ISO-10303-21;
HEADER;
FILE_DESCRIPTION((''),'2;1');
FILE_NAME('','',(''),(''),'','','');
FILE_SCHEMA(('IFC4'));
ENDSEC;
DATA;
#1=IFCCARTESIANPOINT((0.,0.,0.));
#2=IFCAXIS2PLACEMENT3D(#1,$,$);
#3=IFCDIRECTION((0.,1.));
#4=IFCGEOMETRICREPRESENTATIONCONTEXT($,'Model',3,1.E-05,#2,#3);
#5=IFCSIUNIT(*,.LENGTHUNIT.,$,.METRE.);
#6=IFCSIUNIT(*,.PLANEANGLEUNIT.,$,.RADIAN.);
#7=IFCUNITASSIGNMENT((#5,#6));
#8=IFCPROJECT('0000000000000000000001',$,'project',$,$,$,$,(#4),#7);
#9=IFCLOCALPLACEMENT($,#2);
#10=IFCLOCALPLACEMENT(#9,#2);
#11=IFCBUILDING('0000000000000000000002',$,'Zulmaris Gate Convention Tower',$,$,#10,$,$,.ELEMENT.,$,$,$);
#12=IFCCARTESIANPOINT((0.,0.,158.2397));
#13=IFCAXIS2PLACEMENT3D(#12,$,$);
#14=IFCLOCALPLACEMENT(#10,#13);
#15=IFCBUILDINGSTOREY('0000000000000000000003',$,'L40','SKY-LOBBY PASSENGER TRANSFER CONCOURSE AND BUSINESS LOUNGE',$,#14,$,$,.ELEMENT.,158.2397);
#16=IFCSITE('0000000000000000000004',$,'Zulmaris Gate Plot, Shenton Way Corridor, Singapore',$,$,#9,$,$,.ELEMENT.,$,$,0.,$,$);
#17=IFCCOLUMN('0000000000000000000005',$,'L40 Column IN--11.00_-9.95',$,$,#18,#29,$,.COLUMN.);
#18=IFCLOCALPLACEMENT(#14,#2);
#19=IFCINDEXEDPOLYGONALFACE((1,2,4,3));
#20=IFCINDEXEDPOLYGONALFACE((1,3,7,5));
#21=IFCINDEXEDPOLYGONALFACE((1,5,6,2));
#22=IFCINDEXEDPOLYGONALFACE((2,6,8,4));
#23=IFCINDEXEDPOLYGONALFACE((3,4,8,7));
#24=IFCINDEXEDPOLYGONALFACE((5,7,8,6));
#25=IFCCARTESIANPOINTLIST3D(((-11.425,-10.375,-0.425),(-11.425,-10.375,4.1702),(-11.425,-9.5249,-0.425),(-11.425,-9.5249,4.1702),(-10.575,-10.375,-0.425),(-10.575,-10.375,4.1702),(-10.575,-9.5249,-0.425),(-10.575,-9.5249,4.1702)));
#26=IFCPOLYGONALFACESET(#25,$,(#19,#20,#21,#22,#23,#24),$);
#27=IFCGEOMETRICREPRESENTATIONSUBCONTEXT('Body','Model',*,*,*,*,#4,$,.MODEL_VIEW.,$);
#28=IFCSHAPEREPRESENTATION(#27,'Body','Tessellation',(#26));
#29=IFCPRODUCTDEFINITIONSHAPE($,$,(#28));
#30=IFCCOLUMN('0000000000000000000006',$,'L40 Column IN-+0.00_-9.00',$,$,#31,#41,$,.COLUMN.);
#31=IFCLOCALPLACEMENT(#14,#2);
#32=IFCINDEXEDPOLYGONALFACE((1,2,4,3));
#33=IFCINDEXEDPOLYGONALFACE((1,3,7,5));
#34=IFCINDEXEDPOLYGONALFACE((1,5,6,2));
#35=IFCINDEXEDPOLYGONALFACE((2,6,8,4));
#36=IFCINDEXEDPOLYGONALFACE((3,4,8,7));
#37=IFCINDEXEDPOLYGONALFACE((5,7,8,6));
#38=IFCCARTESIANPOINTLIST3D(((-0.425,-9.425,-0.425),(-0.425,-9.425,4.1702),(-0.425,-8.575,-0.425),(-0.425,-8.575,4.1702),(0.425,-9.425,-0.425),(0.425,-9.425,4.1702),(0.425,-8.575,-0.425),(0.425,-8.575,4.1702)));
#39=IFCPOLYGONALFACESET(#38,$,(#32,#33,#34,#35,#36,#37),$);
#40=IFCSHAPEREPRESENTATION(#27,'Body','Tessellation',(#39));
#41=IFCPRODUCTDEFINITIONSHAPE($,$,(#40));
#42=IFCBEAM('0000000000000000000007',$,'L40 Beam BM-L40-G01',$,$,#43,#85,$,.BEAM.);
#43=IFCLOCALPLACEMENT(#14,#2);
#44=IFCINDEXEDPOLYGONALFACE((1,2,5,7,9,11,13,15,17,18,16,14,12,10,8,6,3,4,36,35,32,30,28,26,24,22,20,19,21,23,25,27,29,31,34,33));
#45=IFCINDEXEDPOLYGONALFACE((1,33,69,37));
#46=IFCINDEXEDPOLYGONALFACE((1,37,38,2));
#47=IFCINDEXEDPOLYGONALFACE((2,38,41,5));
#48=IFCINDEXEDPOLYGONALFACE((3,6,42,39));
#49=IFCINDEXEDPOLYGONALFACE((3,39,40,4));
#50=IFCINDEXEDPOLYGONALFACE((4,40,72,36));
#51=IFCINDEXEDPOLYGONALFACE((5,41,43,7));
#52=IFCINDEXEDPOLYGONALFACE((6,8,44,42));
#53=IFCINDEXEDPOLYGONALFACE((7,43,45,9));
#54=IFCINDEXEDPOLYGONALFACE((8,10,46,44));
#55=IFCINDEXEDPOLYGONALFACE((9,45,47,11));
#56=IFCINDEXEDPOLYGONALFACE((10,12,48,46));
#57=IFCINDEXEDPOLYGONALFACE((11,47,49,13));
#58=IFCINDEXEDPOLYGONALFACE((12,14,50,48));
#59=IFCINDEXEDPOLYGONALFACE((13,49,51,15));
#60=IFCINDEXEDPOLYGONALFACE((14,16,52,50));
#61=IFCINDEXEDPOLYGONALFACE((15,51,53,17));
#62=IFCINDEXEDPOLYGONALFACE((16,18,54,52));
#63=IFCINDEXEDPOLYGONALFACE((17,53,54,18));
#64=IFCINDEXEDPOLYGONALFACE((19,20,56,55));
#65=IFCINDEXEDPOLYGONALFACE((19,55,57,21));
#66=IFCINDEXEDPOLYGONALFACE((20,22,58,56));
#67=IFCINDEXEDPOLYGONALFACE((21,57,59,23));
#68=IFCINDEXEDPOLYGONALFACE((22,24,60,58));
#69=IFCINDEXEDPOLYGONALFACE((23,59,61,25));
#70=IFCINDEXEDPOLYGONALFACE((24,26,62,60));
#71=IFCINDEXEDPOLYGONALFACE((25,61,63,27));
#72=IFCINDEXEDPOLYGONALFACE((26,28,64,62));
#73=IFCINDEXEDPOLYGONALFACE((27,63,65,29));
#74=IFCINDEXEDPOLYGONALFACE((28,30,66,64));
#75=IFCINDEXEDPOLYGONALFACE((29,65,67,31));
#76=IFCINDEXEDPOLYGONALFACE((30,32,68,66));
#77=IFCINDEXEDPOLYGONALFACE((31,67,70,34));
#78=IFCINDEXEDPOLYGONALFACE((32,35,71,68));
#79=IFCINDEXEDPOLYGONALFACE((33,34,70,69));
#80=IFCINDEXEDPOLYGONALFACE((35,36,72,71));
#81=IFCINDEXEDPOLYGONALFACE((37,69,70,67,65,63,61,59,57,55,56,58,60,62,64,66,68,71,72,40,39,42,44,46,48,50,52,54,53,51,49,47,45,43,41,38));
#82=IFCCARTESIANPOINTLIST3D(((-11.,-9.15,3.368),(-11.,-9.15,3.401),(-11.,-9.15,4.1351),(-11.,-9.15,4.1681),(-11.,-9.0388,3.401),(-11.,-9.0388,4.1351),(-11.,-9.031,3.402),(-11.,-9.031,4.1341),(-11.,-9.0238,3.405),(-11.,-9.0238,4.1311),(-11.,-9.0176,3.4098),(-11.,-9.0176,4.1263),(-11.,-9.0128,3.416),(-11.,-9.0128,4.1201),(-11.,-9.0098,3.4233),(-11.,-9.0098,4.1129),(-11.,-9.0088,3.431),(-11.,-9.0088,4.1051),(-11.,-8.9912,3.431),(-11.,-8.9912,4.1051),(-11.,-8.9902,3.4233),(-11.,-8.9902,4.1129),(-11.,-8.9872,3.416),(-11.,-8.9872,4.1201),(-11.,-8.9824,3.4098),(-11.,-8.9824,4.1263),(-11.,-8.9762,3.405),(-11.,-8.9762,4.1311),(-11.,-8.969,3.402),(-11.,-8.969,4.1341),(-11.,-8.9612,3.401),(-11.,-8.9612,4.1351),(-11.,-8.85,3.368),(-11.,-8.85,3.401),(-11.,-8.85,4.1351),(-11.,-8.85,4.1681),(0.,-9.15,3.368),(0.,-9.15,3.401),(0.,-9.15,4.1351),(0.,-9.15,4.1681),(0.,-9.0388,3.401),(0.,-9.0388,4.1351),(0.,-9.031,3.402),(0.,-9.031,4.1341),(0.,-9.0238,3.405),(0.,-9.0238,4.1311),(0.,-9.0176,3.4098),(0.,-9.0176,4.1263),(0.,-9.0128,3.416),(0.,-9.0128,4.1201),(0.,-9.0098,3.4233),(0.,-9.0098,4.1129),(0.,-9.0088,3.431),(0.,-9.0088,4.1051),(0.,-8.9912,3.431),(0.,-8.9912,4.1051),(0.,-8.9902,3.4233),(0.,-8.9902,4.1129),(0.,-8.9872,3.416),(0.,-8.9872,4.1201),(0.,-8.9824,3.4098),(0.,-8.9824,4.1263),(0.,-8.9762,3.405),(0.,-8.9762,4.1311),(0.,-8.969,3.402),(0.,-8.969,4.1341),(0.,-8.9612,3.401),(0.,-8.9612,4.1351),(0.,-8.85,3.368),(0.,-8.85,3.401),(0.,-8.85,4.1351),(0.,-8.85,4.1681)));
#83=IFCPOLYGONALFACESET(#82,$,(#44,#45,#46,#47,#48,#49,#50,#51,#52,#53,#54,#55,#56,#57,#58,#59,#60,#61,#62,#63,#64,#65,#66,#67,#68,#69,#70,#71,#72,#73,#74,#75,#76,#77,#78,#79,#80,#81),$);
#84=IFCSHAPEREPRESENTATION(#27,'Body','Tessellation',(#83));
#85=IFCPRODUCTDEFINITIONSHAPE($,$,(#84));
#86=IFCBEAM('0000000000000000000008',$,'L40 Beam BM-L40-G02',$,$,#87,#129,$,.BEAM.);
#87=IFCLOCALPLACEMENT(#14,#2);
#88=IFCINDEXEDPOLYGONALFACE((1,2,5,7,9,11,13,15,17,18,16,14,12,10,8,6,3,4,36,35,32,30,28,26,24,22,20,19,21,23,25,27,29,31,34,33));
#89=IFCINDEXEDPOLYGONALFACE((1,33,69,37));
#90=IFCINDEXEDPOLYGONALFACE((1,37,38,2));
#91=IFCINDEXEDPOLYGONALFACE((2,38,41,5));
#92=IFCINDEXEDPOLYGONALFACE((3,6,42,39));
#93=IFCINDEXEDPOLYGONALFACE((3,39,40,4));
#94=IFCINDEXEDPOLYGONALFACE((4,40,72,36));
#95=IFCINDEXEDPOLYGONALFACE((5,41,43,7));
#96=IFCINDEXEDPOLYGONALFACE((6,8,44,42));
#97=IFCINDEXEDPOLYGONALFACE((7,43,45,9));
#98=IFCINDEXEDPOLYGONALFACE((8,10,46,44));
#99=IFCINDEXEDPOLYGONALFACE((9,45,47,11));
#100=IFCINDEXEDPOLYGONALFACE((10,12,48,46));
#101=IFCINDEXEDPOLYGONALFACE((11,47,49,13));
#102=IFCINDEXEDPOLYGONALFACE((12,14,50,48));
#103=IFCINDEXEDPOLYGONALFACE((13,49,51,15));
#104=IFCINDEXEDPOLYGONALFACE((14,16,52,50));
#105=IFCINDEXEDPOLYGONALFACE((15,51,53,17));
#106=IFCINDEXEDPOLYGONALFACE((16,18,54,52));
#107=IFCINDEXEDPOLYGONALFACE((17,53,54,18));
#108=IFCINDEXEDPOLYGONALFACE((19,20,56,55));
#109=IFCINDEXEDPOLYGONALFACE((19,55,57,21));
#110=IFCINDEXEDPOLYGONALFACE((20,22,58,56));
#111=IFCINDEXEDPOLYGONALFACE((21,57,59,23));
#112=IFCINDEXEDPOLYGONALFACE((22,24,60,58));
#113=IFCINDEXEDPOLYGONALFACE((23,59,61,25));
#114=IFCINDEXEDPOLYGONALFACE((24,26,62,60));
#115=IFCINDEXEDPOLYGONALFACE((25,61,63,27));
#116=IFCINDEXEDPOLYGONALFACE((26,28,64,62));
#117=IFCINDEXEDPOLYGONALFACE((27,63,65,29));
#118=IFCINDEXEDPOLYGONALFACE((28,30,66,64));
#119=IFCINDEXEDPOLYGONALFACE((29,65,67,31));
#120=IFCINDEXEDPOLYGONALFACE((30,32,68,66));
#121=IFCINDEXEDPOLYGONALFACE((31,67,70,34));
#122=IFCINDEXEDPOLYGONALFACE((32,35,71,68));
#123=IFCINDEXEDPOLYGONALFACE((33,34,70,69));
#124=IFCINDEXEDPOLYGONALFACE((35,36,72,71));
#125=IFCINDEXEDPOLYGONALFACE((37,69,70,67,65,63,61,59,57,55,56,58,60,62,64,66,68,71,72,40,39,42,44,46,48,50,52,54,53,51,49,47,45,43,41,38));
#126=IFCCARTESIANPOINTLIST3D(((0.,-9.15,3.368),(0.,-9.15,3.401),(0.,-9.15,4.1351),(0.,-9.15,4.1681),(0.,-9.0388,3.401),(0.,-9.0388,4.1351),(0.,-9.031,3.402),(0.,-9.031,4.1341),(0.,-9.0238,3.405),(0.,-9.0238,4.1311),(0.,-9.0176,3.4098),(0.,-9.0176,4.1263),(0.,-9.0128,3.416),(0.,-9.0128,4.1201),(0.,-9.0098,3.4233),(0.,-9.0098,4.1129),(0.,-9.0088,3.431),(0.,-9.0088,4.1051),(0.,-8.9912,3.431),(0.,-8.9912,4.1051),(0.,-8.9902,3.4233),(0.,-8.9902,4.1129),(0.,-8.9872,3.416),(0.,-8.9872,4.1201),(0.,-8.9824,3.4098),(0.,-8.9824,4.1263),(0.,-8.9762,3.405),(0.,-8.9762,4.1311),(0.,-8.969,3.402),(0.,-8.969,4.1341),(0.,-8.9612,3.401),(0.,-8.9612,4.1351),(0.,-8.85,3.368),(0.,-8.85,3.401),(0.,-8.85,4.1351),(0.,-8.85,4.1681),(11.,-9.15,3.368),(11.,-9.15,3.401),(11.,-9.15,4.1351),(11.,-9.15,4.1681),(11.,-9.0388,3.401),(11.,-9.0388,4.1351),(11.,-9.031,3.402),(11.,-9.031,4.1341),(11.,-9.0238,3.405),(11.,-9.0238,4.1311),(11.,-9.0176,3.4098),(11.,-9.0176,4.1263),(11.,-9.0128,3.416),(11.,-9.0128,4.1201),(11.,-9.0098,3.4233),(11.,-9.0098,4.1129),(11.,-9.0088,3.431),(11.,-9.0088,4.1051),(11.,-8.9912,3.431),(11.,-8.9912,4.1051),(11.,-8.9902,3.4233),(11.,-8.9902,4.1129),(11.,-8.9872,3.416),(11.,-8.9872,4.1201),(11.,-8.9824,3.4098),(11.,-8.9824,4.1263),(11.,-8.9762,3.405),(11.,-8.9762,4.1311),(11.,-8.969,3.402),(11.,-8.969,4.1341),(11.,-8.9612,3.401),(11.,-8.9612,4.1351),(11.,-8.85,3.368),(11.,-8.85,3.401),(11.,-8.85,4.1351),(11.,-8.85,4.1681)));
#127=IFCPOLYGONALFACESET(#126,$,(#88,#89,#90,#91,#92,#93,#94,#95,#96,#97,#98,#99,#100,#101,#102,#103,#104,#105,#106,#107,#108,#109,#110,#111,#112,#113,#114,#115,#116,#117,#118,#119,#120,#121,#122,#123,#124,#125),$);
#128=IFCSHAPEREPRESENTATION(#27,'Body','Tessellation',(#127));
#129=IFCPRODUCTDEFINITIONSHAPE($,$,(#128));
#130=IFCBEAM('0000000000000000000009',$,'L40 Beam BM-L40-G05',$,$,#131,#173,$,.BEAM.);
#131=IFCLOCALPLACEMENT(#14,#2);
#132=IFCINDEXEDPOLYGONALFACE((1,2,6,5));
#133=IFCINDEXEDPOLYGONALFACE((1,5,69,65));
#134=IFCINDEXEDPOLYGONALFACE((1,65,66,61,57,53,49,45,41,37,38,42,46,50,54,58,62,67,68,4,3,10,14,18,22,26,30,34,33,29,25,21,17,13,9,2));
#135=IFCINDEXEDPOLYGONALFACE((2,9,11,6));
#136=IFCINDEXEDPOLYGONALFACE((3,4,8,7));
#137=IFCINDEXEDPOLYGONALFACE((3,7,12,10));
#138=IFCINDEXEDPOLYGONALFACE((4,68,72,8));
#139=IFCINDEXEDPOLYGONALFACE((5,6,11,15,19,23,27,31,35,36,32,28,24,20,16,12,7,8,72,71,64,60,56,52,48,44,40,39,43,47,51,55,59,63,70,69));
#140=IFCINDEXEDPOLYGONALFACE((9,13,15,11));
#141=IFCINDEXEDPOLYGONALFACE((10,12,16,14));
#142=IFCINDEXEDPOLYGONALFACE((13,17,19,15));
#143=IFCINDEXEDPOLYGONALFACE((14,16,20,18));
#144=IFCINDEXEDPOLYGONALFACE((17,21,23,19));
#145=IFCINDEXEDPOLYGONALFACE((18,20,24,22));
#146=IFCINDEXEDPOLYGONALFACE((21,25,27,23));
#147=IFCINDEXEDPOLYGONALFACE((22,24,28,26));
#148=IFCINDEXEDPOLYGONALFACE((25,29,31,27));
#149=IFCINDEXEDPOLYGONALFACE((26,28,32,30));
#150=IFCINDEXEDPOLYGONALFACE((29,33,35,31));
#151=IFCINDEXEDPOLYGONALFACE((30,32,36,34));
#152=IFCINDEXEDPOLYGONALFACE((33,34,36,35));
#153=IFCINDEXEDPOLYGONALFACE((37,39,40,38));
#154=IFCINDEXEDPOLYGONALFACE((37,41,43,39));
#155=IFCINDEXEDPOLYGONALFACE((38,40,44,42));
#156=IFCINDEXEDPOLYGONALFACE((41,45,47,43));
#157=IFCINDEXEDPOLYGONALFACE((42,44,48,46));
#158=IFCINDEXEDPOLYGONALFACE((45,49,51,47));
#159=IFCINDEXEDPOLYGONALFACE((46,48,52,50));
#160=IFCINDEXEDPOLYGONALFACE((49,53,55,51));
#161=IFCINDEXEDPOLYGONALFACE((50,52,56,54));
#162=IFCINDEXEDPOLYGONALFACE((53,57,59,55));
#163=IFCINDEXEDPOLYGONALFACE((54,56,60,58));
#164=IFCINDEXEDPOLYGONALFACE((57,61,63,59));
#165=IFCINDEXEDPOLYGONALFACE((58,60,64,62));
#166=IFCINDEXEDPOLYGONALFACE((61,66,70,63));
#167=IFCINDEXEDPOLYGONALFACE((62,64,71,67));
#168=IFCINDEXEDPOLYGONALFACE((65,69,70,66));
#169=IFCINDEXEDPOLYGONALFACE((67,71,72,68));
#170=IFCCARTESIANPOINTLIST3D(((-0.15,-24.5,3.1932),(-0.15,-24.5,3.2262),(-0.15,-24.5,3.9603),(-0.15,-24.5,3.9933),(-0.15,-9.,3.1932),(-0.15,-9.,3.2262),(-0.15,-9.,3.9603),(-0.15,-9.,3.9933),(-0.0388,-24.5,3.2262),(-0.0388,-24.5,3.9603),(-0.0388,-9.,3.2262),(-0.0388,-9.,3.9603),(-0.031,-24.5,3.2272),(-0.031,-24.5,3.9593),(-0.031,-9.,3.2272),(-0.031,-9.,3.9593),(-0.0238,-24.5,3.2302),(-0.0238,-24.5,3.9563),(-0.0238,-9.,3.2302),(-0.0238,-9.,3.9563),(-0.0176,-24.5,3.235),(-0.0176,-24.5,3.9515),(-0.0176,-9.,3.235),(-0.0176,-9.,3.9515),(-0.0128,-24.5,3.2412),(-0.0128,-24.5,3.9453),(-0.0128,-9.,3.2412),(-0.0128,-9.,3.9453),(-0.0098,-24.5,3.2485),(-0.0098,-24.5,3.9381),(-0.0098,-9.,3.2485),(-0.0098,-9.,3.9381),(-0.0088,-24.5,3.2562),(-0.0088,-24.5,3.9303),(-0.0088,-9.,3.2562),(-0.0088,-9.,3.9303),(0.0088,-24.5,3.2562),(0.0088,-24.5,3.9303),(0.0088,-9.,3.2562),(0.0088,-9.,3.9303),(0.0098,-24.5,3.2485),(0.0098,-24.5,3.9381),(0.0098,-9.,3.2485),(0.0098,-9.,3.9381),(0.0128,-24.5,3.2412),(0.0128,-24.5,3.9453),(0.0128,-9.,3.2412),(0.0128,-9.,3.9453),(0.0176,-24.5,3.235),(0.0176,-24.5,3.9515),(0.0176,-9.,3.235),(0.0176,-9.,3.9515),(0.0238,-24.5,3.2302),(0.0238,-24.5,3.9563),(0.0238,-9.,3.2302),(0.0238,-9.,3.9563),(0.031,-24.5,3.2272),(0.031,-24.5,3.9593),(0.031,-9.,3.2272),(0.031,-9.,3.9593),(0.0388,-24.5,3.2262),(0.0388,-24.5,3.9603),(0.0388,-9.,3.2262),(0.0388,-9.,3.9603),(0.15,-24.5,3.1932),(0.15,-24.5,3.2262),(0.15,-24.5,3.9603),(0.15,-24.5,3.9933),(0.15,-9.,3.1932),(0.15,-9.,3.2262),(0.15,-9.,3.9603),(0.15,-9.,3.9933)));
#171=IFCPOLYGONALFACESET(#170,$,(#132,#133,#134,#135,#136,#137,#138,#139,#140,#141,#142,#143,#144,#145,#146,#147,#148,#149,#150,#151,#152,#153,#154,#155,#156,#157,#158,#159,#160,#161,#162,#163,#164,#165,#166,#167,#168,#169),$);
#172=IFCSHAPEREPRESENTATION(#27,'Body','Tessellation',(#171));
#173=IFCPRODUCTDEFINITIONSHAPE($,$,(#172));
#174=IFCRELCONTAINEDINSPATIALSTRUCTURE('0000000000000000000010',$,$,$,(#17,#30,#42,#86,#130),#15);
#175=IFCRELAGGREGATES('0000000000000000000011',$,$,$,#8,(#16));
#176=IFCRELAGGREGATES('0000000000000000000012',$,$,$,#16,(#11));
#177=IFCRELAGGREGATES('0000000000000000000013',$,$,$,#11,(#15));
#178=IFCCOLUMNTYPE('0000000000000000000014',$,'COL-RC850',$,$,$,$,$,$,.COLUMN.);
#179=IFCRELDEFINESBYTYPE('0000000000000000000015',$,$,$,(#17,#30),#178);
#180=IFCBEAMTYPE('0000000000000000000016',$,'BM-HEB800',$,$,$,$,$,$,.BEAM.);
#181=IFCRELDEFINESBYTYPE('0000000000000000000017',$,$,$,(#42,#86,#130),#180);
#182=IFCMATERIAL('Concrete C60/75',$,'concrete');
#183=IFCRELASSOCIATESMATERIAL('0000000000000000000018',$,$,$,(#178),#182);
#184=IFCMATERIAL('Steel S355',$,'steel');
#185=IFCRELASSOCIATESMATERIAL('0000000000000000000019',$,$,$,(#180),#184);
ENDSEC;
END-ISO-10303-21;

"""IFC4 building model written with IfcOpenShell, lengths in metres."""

from ifc_helpers import new_model, si_unit, direction, frame, origin, origin_2d, place, context, subcontext, project, spatial, rectangle, i_section, extrude, material, material_profile, profile_set, type_object, element, save


model = new_model("IFC4")

# Units and contexts
model_context = context("Model", 3, precision=1e-05, world=origin(), true_north=direction((0.0, 1.0)))
body_context = subcontext(model_context, "Body", "Model", "MODEL_VIEW")
ifc_project = project(units=[si_unit("LENGTHUNIT", "METRE"), si_unit("PLANEANGLEUNIT", "RADIAN")], contexts=[model_context])

# Site, building, storey
site_placement = place(None, origin())
site = spatial("IfcSite", under=ifc_project, at=site_placement, Name="Zulmaris Gate Plot, Shenton Way Corridor, Singapore", CompositionType="ELEMENT", RefElevation=0.0)
building_placement = place(site_placement, origin())
building = spatial("IfcBuilding", under=site, at=building_placement, Name="Zulmaris Gate Convention Tower", CompositionType="ELEMENT")
storey_placement = place(building_placement, frame((0.0, 0.0, 158.2397)))
storey = spatial("IfcBuildingStorey", under=building, at=storey_placement, Name="L40", Description="SKY-LOBBY PASSENGER TRANSFER CONCOURSE AND BUSINESS LOUNGE", CompositionType="ELEMENT", Elevation=158.2397)

# Columns
ifc_material_1 = material(Name="Concrete C60/75", Category="concrete")
ifc_material_profile_1 = material_profile(ifc_material_1, rectangle(XDim=0.8501, YDim=0.8501, at=origin_2d()), Name="RC COL 850x850")
ifc_profile_set_1 = profile_set([ifc_material_profile_1], Name="Concrete C60/75")
column_type = type_object("IfcColumnType", Name="COL-RC850", PredefinedType="COLUMN", material=ifc_profile_set_1)
for number, where, z_axis, x_axis, name in (
    (1, (-11.0, -9.95, -0.425), (0.0, 0.0, 1.0), (1.0, 0.0, 0.0), "L40 Column IN--11.00_-9.95"),
    (2, (0.0, -9.0, -0.425), (0.0, 0.0, 1.0), (1.0, 0.0, 0.0), "L40 Column IN-+0.00_-9.00"),
):
    element("IfcColumn", number, at=place(storey_placement, frame(where, z_axis=z_axis, x_axis=x_axis)), inside=storey, type_object=column_type, Name=name, PredefinedType="COLUMN", context=body_context, shape_type="SweptSolid", body=[
        extrude(rectangle(XDim=0.8501, YDim=0.8501, at=origin_2d()), origin(), (0.0, 0.0, 1.0), 4.5952),
    ])

# Beams
ifc_material_2 = material(Name="Steel S355", Category="steel")
ifc_material_profile_2 = material_profile(ifc_material_2, i_section(OverallWidth=0.3, OverallDepth=0.8, WebThickness=0.0176, FlangeThickness=0.033, FilletRadius=0.03, at=origin_2d()), Name="HEB 800")
ifc_profile_set_2 = profile_set([ifc_material_profile_2], Name="Steel S355")
beam_type_1 = type_object("IfcBeamType", Name="BM-HEB800", PredefinedType="BEAM", material=ifc_profile_set_2)
for number, where, z_axis, x_axis, name in (
    (3, (-11.0, -9.0, 3.7681), (1.0, 0.0, 0.0), (0.0, 1.0, 0.0), "L40 Beam BM-L40-G01"),
    (4, (0.0, -9.0, 3.7681), (1.0, 0.0, 0.0), (0.0, 1.0, 0.0), "L40 Beam BM-L40-G02"),
):
    element("IfcBeam", number, at=place(storey_placement, frame(where, z_axis=z_axis, x_axis=x_axis)), inside=storey, type_object=beam_type_1, Name=name, PredefinedType="BEAM", context=body_context, shape_type="SweptSolid", body=[
        extrude(i_section(OverallWidth=0.3, OverallDepth=0.8, WebThickness=0.0176, FlangeThickness=0.033, FilletRadius=0.03, at=origin_2d()), origin(), (0.0, 0.0, 1.0), 11.0),
    ])
beam_placement = place(storey_placement, frame((0.0, -24.5, 3.5933), z_axis=(0.0, 1.0, 0.0), x_axis=(-1.0, 0.0, 0.0)))
element("IfcBeam", 5, at=beam_placement, inside=storey, type_object=beam_type_1, Name="L40 Beam BM-L40-G05", PredefinedType="BEAM", context=body_context, shape_type="SweptSolid", body=[
    extrude(i_section(OverallWidth=0.3, OverallDepth=0.8, WebThickness=0.0176, FlangeThickness=0.033, FilletRadius=0.03, at=origin_2d()), origin(), (0.0, 0.0, 1.0), 15.5),
])

save(model, "model.ifc")
